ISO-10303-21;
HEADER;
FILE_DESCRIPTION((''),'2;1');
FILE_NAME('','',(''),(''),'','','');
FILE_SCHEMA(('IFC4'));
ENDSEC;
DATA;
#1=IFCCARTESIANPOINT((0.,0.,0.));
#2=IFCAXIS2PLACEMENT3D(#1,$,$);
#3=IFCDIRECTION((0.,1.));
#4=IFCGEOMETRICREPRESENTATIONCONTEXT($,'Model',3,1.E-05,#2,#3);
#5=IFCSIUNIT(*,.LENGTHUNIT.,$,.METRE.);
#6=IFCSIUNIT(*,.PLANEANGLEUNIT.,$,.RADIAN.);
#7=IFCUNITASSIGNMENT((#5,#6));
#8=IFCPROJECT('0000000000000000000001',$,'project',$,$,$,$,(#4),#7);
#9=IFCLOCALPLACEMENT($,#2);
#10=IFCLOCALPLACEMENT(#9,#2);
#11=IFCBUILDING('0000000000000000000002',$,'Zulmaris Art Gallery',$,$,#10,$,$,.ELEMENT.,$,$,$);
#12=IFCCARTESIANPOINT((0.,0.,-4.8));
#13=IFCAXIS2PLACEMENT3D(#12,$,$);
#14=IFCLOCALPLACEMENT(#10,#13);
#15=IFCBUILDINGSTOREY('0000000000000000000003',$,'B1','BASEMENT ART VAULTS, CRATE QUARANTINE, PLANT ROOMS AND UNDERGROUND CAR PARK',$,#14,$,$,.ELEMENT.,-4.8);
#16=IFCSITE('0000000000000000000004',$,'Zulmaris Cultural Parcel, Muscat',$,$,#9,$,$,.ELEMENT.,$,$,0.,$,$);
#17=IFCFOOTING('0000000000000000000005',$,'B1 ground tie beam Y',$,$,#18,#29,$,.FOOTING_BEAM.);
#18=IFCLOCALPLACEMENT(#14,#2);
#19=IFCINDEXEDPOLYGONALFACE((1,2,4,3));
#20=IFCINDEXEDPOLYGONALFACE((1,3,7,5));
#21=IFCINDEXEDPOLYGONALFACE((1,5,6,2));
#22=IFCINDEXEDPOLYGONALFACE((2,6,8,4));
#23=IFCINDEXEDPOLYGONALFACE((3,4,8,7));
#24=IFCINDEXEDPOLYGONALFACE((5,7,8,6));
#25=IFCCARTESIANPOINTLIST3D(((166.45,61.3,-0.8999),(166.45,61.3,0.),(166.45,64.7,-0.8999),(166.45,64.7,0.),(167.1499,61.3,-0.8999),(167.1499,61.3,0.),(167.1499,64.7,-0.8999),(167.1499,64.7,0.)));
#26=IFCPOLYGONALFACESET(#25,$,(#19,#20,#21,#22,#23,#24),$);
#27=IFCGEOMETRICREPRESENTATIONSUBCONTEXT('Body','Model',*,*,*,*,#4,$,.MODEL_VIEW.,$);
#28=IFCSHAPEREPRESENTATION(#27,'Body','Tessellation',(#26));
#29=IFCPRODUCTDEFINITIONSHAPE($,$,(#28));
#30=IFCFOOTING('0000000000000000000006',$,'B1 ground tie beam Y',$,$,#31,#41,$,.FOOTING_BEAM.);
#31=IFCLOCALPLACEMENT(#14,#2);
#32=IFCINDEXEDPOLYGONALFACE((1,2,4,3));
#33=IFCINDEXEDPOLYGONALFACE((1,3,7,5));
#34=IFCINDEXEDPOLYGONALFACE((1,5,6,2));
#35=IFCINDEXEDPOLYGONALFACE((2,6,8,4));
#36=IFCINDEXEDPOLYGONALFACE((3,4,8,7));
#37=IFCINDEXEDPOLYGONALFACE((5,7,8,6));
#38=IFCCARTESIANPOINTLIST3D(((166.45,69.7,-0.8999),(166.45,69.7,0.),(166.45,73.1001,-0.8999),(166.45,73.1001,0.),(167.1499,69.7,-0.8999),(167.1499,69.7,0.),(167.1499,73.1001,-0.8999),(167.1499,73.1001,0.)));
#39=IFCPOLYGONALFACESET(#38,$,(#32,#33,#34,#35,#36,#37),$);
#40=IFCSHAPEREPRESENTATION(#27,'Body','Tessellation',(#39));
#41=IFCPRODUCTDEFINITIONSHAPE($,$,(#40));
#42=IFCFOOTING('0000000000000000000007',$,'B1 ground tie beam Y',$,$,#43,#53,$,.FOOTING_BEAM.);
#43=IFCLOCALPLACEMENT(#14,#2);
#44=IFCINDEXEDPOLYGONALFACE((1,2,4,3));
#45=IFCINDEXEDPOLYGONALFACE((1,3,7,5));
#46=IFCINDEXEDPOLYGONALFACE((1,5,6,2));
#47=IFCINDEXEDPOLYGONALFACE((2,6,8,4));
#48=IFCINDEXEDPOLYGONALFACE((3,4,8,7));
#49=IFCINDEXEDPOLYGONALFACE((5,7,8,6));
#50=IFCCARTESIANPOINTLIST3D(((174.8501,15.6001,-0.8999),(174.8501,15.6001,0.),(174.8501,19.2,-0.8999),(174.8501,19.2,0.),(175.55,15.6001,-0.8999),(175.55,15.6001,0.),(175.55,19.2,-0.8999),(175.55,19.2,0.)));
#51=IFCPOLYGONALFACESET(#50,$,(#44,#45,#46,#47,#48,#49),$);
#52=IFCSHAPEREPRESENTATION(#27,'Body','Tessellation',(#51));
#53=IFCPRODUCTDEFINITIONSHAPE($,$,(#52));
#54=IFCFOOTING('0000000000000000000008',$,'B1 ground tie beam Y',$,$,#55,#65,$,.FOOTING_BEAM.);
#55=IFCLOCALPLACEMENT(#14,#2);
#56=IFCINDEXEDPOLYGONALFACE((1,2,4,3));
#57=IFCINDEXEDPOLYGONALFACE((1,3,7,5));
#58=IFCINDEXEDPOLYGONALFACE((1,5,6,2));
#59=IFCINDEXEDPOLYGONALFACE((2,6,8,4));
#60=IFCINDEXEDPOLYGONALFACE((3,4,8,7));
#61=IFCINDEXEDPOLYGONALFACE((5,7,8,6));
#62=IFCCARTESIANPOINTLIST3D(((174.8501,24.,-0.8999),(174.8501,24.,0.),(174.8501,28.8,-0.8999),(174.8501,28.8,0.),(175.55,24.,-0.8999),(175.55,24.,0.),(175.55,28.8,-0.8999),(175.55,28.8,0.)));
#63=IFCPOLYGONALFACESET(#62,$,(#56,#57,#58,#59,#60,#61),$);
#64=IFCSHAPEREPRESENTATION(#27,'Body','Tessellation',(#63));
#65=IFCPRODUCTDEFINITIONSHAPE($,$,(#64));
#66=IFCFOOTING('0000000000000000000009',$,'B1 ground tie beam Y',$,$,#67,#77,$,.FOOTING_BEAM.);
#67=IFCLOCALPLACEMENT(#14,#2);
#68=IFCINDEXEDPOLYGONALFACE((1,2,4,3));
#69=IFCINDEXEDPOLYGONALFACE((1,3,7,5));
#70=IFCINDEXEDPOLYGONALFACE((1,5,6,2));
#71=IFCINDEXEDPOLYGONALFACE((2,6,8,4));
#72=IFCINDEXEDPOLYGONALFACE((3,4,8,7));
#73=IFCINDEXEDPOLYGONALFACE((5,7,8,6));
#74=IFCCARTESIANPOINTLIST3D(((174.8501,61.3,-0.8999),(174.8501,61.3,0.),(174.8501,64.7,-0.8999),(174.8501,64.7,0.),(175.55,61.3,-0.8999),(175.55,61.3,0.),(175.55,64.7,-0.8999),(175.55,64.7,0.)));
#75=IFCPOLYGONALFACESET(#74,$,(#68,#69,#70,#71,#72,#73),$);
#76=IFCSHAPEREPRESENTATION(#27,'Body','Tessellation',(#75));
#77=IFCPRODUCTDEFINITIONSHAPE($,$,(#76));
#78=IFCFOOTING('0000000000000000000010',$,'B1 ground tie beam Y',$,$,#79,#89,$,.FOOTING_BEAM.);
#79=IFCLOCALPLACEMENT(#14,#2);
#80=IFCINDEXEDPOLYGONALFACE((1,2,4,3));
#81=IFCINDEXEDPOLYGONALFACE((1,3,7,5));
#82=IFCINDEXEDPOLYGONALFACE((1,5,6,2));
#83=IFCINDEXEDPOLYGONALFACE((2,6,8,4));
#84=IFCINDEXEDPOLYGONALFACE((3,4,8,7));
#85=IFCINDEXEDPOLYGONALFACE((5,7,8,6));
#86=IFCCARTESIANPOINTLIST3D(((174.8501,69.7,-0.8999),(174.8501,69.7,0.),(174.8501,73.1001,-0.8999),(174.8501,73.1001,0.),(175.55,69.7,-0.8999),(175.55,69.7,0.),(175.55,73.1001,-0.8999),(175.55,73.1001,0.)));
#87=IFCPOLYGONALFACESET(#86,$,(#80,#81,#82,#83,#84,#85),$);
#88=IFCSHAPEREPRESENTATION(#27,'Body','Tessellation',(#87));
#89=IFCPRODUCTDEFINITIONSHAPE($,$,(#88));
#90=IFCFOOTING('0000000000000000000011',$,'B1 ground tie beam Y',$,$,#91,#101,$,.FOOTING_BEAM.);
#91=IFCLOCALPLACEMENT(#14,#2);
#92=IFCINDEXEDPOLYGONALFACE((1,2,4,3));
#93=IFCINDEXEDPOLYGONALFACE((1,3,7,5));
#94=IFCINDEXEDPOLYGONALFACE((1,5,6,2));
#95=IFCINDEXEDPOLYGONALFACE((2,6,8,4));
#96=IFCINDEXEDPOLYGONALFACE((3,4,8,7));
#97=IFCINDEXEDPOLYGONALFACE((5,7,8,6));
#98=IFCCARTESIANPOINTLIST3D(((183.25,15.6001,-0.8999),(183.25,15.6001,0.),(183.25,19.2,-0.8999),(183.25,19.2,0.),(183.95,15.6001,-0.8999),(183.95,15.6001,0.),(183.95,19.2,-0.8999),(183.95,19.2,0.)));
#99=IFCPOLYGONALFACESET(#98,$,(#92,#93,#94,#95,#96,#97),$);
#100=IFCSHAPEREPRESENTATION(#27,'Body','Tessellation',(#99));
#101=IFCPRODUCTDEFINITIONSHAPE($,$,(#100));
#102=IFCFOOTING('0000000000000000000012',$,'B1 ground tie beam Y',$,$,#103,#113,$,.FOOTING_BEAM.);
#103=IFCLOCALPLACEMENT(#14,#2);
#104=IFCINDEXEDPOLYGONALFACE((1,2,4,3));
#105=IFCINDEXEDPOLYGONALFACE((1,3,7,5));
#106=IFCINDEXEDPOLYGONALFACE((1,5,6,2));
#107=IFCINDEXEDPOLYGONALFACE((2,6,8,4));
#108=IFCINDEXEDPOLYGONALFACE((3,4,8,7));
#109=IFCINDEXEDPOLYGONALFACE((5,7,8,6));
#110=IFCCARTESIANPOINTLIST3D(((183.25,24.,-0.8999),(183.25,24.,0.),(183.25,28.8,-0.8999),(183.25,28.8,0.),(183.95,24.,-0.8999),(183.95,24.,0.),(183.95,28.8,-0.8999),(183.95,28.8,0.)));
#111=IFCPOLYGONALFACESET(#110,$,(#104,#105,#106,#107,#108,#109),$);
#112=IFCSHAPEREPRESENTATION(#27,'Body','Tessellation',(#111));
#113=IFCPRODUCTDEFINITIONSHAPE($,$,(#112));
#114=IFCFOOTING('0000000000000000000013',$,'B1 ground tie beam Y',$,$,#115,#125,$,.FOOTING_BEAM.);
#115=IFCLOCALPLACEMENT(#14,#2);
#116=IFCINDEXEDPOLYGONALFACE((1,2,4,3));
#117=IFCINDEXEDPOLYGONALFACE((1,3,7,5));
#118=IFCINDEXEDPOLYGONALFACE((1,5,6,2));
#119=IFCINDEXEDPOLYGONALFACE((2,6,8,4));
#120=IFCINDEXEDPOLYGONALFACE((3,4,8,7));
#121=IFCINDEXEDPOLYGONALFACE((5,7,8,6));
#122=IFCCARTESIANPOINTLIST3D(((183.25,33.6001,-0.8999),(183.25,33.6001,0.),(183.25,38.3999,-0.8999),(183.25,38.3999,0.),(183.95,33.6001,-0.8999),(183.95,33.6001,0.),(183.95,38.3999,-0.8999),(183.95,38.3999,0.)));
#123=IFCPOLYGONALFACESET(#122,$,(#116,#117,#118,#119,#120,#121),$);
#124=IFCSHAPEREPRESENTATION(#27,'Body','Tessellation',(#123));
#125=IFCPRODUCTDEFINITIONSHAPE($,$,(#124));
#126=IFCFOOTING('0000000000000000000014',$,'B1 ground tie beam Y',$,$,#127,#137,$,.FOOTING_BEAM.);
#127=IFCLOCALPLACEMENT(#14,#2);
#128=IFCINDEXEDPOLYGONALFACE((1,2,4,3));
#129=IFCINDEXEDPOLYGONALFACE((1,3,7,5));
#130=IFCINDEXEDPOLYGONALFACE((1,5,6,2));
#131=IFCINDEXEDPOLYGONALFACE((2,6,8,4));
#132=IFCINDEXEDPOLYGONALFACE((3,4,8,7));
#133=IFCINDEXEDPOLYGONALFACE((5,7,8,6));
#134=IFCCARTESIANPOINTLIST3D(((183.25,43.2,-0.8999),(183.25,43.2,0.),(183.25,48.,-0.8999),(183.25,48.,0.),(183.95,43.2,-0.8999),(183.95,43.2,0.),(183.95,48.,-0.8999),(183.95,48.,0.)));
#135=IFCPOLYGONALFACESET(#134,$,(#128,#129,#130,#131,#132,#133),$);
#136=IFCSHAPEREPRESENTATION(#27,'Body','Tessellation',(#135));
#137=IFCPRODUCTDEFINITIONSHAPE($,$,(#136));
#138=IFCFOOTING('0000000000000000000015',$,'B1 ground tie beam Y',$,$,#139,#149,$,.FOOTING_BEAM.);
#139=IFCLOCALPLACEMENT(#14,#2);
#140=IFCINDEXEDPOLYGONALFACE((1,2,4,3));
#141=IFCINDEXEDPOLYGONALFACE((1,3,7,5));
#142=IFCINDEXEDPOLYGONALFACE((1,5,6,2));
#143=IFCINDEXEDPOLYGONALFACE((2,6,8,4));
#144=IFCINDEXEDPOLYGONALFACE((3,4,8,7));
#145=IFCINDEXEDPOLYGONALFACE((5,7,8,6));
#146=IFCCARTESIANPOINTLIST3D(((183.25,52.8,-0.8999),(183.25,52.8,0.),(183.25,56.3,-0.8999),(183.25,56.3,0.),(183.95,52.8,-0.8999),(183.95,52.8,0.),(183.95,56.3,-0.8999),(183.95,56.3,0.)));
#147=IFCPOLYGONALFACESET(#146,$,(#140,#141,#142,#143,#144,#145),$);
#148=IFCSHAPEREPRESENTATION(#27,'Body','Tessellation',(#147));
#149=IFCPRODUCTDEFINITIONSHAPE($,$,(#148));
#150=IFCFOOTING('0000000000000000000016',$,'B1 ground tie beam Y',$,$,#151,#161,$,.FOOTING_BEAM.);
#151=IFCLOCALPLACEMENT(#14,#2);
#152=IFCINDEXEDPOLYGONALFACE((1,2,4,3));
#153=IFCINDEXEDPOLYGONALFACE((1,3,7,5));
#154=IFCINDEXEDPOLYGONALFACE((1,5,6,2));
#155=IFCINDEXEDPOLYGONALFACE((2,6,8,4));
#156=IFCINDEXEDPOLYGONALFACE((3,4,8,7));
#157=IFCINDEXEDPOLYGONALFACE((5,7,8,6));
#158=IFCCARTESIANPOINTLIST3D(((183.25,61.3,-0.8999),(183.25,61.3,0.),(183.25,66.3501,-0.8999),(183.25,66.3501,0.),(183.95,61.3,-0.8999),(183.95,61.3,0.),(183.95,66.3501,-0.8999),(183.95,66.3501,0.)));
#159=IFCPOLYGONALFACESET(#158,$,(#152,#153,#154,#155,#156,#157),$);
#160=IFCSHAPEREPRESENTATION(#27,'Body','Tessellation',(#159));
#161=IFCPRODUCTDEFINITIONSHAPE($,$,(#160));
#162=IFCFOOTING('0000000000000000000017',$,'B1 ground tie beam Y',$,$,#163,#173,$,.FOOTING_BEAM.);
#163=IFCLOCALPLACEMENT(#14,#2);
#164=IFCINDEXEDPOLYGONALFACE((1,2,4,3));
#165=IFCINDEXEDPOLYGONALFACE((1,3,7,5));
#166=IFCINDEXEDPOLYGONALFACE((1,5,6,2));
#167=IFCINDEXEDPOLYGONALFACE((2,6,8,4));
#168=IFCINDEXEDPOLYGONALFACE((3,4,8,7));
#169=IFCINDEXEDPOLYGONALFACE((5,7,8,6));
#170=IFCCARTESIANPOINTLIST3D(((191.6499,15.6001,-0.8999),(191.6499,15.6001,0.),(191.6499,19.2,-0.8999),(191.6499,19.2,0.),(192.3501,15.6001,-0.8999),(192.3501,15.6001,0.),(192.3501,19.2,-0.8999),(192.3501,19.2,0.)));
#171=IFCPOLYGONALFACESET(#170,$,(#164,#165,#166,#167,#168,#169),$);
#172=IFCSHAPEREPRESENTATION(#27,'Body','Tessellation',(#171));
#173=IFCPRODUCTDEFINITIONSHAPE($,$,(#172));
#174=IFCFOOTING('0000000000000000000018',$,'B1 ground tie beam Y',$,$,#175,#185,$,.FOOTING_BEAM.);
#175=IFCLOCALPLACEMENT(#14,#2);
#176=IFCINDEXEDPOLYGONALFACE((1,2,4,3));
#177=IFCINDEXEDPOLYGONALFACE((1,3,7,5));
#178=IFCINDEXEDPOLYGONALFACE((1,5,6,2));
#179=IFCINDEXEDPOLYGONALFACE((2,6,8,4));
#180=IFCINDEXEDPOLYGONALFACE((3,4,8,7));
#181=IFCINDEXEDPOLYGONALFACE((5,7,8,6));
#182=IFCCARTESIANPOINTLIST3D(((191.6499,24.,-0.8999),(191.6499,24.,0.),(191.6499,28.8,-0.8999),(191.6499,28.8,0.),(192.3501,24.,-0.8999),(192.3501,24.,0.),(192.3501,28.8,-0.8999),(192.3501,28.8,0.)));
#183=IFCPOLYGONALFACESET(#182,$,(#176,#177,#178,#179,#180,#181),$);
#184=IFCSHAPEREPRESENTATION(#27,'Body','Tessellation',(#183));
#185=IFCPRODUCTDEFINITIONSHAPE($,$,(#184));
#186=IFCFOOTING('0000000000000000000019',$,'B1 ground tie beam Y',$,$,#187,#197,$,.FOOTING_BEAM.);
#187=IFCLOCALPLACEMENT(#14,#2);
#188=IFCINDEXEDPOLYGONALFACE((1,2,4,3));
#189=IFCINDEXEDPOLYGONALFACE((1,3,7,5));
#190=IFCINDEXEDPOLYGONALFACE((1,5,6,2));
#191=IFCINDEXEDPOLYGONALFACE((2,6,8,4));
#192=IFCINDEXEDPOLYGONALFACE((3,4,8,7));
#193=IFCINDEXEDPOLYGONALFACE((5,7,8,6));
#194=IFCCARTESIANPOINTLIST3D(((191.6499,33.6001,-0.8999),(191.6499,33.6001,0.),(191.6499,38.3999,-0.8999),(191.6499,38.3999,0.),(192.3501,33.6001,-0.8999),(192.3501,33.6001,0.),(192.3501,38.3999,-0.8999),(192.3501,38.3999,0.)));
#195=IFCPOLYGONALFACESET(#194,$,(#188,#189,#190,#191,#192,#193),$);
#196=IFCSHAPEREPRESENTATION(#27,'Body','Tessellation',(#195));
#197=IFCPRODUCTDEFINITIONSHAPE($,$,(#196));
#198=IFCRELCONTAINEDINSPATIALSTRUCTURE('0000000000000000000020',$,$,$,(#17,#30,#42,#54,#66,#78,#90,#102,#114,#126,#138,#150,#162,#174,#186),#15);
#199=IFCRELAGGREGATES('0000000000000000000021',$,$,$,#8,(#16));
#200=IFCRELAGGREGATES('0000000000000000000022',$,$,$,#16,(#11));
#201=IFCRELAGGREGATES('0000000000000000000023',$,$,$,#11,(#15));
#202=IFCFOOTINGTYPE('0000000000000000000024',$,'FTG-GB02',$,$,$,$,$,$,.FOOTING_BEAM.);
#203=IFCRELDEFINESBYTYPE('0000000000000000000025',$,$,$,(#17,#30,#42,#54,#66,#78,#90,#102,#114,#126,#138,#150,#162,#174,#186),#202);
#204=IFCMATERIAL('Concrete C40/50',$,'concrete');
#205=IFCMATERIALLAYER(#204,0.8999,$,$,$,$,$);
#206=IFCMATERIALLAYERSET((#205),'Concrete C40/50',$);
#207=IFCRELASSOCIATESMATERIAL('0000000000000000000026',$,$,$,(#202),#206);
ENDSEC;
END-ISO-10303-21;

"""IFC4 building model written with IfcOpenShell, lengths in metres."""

from ifc_helpers import new_model, si_unit, direction, frame, origin, place, context, subcontext, project, spatial, polyline, outline, extrude, material, layer, layer_set, type_object, element, save


model = new_model("IFC4")

# Units and contexts
model_context = context("Model", 3, precision=1e-05, world=origin(), true_north=direction((0.0, 1.0)))
body_context = subcontext(model_context, "Body", "Model", "MODEL_VIEW")
ifc_project = project(units=[si_unit("LENGTHUNIT", "METRE"), si_unit("PLANEANGLEUNIT", "RADIAN")], contexts=[model_context])

# Site, building, storey
site_placement = place(None, origin())
site = spatial("IfcSite", under=ifc_project, at=site_placement, Name="Zulmaris Cultural Parcel, Muscat", CompositionType="ELEMENT", RefElevation=0.0)
building_placement = place(site_placement, origin())
building = spatial("IfcBuilding", under=site, at=building_placement, Name="Zulmaris Art Gallery", CompositionType="ELEMENT")
storey_placement = place(building_placement, frame((0.0, 0.0, -4.8)))
storey = spatial("IfcBuildingStorey", under=building, at=storey_placement, Name="B1", Description="BASEMENT ART VAULTS, CRATE QUARANTINE, PLANT ROOMS AND UNDERGROUND CAR PARK", CompositionType="ELEMENT", Elevation=-4.8)

# Footings
ifc_material = material(Name="Concrete C40/50", Category="concrete")
ifc_layer = layer(ifc_material, 0.8999)
ifc_layer_set = layer_set([ifc_layer], Name="Concrete C40/50")
footing_type = type_object("IfcFootingType", Name="FTG-GB02", PredefinedType="FOOTING_BEAM", material=ifc_layer_set)
footing_1_placement = place(storey_placement, frame((0.0, 0.0, -0.8999)))
element("IfcFooting", 1, at=footing_1_placement, inside=storey, type_object=footing_type, Name="B1 ground tie beam Y", PredefinedType="FOOTING_BEAM", context=body_context, shape_type="SweptSolid", body=[
    extrude(outline(polyline([(166.45, 61.3), (167.1499, 61.3), (167.1499, 64.7), (166.45, 64.7), (166.45, 61.3)])), origin(), (0.0, 0.0, 1.0), 0.8999),
])
footing_2_placement = place(storey_placement, frame((0.0, 0.0, -0.8999)))
element("IfcFooting", 2, at=footing_2_placement, inside=storey, type_object=footing_type, Name="B1 ground tie beam Y", PredefinedType="FOOTING_BEAM", context=body_context, shape_type="SweptSolid", body=[
    extrude(outline(polyline([(166.45, 69.7), (167.1499, 69.7), (167.1499, 73.1001), (166.45, 73.1001), (166.45, 69.7)])), origin(), (0.0, 0.0, 1.0), 0.8999),
])
footing_3_placement = place(storey_placement, frame((0.0, 0.0, -0.8999)))
element("IfcFooting", 3, at=footing_3_placement, inside=storey, type_object=footing_type, Name="B1 ground tie beam Y", PredefinedType="FOOTING_BEAM", context=body_context, shape_type="SweptSolid", body=[
    extrude(outline(polyline([(174.8501, 15.6001), (175.55, 15.6001), (175.55, 19.2), (174.8501, 19.2), (174.8501, 15.6001)])), origin(), (0.0, 0.0, 1.0), 0.8999),
])
footing_4_placement = place(storey_placement, frame((0.0, 0.0, -0.8999)))
element("IfcFooting", 4, at=footing_4_placement, inside=storey, type_object=footing_type, Name="B1 ground tie beam Y", PredefinedType="FOOTING_BEAM", context=body_context, shape_type="SweptSolid", body=[
    extrude(outline(polyline([(174.8501, 24.0), (175.55, 24.0), (175.55, 28.8), (174.8501, 28.8), (174.8501, 24.0)])), origin(), (0.0, 0.0, 1.0), 0.8999),
])
footing_5_placement = place(storey_placement, frame((0.0, 0.0, -0.8999)))
element("IfcFooting", 5, at=footing_5_placement, inside=storey, type_object=footing_type, Name="B1 ground tie beam Y", PredefinedType="FOOTING_BEAM", context=body_context, shape_type="SweptSolid", body=[
    extrude(outline(polyline([(174.8501, 61.3), (175.55, 61.3), (175.55, 64.7), (174.8501, 64.7), (174.8501, 61.3)])), origin(), (0.0, 0.0, 1.0), 0.8999),
])
footing_6_placement = place(storey_placement, frame((0.0, 0.0, -0.8999)))
element("IfcFooting", 6, at=footing_6_placement, inside=storey, type_object=footing_type, Name="B1 ground tie beam Y", PredefinedType="FOOTING_BEAM", context=body_context, shape_type="SweptSolid", body=[
    extrude(outline(polyline([(174.8501, 69.7), (175.55, 69.7), (175.55, 73.1001), (174.8501, 73.1001), (174.8501, 69.7)])), origin(), (0.0, 0.0, 1.0), 0.8999),
])
footing_7_placement = place(storey_placement, frame((0.0, 0.0, -0.8999)))
element("IfcFooting", 7, at=footing_7_placement, inside=storey, type_object=footing_type, Name="B1 ground tie beam Y", PredefinedType="FOOTING_BEAM", context=body_context, shape_type="SweptSolid", body=[
    extrude(outline(polyline([(183.25, 15.6001), (183.95, 15.6001), (183.95, 19.2), (183.25, 19.2), (183.25, 15.6001)])), origin(), (0.0, 0.0, 1.0), 0.8999),
])
footing_8_placement = place(storey_placement, frame((0.0, 0.0, -0.8999)))
element("IfcFooting", 8, at=footing_8_placement, inside=storey, type_object=footing_type, Name="B1 ground tie beam Y", PredefinedType="FOOTING_BEAM", context=body_context, shape_type="SweptSolid", body=[
    extrude(outline(polyline([(183.25, 24.0), (183.95, 24.0), (183.95, 28.8), (183.25, 28.8), (183.25, 24.0)])), origin(), (0.0, 0.0, 1.0), 0.8999),
])
footing_9_placement = place(storey_placement, frame((0.0, 0.0, -0.8999)))
element("IfcFooting", 9, at=footing_9_placement, inside=storey, type_object=footing_type, Name="B1 ground tie beam Y", PredefinedType="FOOTING_BEAM", context=body_context, shape_type="SweptSolid", body=[
    extrude(outline(polyline([(183.25, 33.6001), (183.95, 33.6001), (183.95, 38.3999), (183.25, 38.3999), (183.25, 33.6001)])), origin(), (0.0, 0.0, 1.0), 0.8999),
])
footing_10_placement = place(storey_placement, frame((0.0, 0.0, -0.8999)))
element("IfcFooting", 10, at=footing_10_placement, inside=storey, type_object=footing_type, Name="B1 ground tie beam Y", PredefinedType="FOOTING_BEAM", context=body_context, shape_type="SweptSolid", body=[
    extrude(outline(polyline([(183.25, 43.2), (183.95, 43.2), (183.95, 48.0), (183.25, 48.0), (183.25, 43.2)])), origin(), (0.0, 0.0, 1.0), 0.8999),
])
footing_11_placement = place(storey_placement, frame((0.0, 0.0, -0.8999)))
element("IfcFooting", 11, at=footing_11_placement, inside=storey, type_object=footing_type, Name="B1 ground tie beam Y", PredefinedType="FOOTING_BEAM", context=body_context, shape_type="SweptSolid", body=[
    extrude(outline(polyline([(183.25, 52.8), (183.95, 52.8), (183.95, 56.3), (183.25, 56.3), (183.25, 52.8)])), origin(), (0.0, 0.0, 1.0), 0.8999),
])
footing_12_placement = place(storey_placement, frame((0.0, 0.0, -0.8999)))
element("IfcFooting", 12, at=footing_12_placement, inside=storey, type_object=footing_type, Name="B1 ground tie beam Y", PredefinedType="FOOTING_BEAM", context=body_context, shape_type="SweptSolid", body=[
    extrude(outline(polyline([(183.25, 61.3), (183.95, 61.3), (183.95, 66.3501), (183.25, 66.3501), (183.25, 61.3)])), origin(), (0.0, 0.0, 1.0), 0.8999),
])
footing_13_placement = place(storey_placement, frame((0.0, 0.0, -0.8999)))
element("IfcFooting", 13, at=footing_13_placement, inside=storey, type_object=footing_type, Name="B1 ground tie beam Y", PredefinedType="FOOTING_BEAM", context=body_context, shape_type="SweptSolid", body=[
    extrude(outline(polyline([(191.6499, 15.6001), (192.3501, 15.6001), (192.3501, 19.2), (191.6499, 19.2), (191.6499, 15.6001)])), origin(), (0.0, 0.0, 1.0), 0.8999),
])
footing_14_placement = place(storey_placement, frame((0.0, 0.0, -0.8999)))
element("IfcFooting", 14, at=footing_14_placement, inside=storey, type_object=footing_type, Name="B1 ground tie beam Y", PredefinedType="FOOTING_BEAM", context=body_context, shape_type="SweptSolid", body=[
    extrude(outline(polyline([(191.6499, 24.0), (192.3501, 24.0), (192.3501, 28.8), (191.6499, 28.8), (191.6499, 24.0)])), origin(), (0.0, 0.0, 1.0), 0.8999),
])
footing_15_placement = place(storey_placement, frame((0.0, 0.0, -0.8999)))
element("IfcFooting", 15, at=footing_15_placement, inside=storey, type_object=footing_type, Name="B1 ground tie beam Y", PredefinedType="FOOTING_BEAM", context=body_context, shape_type="SweptSolid", body=[
    extrude(outline(polyline([(191.6499, 33.6001), (192.3501, 33.6001), (192.3501, 38.3999), (191.6499, 38.3999), (191.6499, 33.6001)])), origin(), (0.0, 0.0, 1.0), 0.8999),
])

save(model, "model.ifc")
